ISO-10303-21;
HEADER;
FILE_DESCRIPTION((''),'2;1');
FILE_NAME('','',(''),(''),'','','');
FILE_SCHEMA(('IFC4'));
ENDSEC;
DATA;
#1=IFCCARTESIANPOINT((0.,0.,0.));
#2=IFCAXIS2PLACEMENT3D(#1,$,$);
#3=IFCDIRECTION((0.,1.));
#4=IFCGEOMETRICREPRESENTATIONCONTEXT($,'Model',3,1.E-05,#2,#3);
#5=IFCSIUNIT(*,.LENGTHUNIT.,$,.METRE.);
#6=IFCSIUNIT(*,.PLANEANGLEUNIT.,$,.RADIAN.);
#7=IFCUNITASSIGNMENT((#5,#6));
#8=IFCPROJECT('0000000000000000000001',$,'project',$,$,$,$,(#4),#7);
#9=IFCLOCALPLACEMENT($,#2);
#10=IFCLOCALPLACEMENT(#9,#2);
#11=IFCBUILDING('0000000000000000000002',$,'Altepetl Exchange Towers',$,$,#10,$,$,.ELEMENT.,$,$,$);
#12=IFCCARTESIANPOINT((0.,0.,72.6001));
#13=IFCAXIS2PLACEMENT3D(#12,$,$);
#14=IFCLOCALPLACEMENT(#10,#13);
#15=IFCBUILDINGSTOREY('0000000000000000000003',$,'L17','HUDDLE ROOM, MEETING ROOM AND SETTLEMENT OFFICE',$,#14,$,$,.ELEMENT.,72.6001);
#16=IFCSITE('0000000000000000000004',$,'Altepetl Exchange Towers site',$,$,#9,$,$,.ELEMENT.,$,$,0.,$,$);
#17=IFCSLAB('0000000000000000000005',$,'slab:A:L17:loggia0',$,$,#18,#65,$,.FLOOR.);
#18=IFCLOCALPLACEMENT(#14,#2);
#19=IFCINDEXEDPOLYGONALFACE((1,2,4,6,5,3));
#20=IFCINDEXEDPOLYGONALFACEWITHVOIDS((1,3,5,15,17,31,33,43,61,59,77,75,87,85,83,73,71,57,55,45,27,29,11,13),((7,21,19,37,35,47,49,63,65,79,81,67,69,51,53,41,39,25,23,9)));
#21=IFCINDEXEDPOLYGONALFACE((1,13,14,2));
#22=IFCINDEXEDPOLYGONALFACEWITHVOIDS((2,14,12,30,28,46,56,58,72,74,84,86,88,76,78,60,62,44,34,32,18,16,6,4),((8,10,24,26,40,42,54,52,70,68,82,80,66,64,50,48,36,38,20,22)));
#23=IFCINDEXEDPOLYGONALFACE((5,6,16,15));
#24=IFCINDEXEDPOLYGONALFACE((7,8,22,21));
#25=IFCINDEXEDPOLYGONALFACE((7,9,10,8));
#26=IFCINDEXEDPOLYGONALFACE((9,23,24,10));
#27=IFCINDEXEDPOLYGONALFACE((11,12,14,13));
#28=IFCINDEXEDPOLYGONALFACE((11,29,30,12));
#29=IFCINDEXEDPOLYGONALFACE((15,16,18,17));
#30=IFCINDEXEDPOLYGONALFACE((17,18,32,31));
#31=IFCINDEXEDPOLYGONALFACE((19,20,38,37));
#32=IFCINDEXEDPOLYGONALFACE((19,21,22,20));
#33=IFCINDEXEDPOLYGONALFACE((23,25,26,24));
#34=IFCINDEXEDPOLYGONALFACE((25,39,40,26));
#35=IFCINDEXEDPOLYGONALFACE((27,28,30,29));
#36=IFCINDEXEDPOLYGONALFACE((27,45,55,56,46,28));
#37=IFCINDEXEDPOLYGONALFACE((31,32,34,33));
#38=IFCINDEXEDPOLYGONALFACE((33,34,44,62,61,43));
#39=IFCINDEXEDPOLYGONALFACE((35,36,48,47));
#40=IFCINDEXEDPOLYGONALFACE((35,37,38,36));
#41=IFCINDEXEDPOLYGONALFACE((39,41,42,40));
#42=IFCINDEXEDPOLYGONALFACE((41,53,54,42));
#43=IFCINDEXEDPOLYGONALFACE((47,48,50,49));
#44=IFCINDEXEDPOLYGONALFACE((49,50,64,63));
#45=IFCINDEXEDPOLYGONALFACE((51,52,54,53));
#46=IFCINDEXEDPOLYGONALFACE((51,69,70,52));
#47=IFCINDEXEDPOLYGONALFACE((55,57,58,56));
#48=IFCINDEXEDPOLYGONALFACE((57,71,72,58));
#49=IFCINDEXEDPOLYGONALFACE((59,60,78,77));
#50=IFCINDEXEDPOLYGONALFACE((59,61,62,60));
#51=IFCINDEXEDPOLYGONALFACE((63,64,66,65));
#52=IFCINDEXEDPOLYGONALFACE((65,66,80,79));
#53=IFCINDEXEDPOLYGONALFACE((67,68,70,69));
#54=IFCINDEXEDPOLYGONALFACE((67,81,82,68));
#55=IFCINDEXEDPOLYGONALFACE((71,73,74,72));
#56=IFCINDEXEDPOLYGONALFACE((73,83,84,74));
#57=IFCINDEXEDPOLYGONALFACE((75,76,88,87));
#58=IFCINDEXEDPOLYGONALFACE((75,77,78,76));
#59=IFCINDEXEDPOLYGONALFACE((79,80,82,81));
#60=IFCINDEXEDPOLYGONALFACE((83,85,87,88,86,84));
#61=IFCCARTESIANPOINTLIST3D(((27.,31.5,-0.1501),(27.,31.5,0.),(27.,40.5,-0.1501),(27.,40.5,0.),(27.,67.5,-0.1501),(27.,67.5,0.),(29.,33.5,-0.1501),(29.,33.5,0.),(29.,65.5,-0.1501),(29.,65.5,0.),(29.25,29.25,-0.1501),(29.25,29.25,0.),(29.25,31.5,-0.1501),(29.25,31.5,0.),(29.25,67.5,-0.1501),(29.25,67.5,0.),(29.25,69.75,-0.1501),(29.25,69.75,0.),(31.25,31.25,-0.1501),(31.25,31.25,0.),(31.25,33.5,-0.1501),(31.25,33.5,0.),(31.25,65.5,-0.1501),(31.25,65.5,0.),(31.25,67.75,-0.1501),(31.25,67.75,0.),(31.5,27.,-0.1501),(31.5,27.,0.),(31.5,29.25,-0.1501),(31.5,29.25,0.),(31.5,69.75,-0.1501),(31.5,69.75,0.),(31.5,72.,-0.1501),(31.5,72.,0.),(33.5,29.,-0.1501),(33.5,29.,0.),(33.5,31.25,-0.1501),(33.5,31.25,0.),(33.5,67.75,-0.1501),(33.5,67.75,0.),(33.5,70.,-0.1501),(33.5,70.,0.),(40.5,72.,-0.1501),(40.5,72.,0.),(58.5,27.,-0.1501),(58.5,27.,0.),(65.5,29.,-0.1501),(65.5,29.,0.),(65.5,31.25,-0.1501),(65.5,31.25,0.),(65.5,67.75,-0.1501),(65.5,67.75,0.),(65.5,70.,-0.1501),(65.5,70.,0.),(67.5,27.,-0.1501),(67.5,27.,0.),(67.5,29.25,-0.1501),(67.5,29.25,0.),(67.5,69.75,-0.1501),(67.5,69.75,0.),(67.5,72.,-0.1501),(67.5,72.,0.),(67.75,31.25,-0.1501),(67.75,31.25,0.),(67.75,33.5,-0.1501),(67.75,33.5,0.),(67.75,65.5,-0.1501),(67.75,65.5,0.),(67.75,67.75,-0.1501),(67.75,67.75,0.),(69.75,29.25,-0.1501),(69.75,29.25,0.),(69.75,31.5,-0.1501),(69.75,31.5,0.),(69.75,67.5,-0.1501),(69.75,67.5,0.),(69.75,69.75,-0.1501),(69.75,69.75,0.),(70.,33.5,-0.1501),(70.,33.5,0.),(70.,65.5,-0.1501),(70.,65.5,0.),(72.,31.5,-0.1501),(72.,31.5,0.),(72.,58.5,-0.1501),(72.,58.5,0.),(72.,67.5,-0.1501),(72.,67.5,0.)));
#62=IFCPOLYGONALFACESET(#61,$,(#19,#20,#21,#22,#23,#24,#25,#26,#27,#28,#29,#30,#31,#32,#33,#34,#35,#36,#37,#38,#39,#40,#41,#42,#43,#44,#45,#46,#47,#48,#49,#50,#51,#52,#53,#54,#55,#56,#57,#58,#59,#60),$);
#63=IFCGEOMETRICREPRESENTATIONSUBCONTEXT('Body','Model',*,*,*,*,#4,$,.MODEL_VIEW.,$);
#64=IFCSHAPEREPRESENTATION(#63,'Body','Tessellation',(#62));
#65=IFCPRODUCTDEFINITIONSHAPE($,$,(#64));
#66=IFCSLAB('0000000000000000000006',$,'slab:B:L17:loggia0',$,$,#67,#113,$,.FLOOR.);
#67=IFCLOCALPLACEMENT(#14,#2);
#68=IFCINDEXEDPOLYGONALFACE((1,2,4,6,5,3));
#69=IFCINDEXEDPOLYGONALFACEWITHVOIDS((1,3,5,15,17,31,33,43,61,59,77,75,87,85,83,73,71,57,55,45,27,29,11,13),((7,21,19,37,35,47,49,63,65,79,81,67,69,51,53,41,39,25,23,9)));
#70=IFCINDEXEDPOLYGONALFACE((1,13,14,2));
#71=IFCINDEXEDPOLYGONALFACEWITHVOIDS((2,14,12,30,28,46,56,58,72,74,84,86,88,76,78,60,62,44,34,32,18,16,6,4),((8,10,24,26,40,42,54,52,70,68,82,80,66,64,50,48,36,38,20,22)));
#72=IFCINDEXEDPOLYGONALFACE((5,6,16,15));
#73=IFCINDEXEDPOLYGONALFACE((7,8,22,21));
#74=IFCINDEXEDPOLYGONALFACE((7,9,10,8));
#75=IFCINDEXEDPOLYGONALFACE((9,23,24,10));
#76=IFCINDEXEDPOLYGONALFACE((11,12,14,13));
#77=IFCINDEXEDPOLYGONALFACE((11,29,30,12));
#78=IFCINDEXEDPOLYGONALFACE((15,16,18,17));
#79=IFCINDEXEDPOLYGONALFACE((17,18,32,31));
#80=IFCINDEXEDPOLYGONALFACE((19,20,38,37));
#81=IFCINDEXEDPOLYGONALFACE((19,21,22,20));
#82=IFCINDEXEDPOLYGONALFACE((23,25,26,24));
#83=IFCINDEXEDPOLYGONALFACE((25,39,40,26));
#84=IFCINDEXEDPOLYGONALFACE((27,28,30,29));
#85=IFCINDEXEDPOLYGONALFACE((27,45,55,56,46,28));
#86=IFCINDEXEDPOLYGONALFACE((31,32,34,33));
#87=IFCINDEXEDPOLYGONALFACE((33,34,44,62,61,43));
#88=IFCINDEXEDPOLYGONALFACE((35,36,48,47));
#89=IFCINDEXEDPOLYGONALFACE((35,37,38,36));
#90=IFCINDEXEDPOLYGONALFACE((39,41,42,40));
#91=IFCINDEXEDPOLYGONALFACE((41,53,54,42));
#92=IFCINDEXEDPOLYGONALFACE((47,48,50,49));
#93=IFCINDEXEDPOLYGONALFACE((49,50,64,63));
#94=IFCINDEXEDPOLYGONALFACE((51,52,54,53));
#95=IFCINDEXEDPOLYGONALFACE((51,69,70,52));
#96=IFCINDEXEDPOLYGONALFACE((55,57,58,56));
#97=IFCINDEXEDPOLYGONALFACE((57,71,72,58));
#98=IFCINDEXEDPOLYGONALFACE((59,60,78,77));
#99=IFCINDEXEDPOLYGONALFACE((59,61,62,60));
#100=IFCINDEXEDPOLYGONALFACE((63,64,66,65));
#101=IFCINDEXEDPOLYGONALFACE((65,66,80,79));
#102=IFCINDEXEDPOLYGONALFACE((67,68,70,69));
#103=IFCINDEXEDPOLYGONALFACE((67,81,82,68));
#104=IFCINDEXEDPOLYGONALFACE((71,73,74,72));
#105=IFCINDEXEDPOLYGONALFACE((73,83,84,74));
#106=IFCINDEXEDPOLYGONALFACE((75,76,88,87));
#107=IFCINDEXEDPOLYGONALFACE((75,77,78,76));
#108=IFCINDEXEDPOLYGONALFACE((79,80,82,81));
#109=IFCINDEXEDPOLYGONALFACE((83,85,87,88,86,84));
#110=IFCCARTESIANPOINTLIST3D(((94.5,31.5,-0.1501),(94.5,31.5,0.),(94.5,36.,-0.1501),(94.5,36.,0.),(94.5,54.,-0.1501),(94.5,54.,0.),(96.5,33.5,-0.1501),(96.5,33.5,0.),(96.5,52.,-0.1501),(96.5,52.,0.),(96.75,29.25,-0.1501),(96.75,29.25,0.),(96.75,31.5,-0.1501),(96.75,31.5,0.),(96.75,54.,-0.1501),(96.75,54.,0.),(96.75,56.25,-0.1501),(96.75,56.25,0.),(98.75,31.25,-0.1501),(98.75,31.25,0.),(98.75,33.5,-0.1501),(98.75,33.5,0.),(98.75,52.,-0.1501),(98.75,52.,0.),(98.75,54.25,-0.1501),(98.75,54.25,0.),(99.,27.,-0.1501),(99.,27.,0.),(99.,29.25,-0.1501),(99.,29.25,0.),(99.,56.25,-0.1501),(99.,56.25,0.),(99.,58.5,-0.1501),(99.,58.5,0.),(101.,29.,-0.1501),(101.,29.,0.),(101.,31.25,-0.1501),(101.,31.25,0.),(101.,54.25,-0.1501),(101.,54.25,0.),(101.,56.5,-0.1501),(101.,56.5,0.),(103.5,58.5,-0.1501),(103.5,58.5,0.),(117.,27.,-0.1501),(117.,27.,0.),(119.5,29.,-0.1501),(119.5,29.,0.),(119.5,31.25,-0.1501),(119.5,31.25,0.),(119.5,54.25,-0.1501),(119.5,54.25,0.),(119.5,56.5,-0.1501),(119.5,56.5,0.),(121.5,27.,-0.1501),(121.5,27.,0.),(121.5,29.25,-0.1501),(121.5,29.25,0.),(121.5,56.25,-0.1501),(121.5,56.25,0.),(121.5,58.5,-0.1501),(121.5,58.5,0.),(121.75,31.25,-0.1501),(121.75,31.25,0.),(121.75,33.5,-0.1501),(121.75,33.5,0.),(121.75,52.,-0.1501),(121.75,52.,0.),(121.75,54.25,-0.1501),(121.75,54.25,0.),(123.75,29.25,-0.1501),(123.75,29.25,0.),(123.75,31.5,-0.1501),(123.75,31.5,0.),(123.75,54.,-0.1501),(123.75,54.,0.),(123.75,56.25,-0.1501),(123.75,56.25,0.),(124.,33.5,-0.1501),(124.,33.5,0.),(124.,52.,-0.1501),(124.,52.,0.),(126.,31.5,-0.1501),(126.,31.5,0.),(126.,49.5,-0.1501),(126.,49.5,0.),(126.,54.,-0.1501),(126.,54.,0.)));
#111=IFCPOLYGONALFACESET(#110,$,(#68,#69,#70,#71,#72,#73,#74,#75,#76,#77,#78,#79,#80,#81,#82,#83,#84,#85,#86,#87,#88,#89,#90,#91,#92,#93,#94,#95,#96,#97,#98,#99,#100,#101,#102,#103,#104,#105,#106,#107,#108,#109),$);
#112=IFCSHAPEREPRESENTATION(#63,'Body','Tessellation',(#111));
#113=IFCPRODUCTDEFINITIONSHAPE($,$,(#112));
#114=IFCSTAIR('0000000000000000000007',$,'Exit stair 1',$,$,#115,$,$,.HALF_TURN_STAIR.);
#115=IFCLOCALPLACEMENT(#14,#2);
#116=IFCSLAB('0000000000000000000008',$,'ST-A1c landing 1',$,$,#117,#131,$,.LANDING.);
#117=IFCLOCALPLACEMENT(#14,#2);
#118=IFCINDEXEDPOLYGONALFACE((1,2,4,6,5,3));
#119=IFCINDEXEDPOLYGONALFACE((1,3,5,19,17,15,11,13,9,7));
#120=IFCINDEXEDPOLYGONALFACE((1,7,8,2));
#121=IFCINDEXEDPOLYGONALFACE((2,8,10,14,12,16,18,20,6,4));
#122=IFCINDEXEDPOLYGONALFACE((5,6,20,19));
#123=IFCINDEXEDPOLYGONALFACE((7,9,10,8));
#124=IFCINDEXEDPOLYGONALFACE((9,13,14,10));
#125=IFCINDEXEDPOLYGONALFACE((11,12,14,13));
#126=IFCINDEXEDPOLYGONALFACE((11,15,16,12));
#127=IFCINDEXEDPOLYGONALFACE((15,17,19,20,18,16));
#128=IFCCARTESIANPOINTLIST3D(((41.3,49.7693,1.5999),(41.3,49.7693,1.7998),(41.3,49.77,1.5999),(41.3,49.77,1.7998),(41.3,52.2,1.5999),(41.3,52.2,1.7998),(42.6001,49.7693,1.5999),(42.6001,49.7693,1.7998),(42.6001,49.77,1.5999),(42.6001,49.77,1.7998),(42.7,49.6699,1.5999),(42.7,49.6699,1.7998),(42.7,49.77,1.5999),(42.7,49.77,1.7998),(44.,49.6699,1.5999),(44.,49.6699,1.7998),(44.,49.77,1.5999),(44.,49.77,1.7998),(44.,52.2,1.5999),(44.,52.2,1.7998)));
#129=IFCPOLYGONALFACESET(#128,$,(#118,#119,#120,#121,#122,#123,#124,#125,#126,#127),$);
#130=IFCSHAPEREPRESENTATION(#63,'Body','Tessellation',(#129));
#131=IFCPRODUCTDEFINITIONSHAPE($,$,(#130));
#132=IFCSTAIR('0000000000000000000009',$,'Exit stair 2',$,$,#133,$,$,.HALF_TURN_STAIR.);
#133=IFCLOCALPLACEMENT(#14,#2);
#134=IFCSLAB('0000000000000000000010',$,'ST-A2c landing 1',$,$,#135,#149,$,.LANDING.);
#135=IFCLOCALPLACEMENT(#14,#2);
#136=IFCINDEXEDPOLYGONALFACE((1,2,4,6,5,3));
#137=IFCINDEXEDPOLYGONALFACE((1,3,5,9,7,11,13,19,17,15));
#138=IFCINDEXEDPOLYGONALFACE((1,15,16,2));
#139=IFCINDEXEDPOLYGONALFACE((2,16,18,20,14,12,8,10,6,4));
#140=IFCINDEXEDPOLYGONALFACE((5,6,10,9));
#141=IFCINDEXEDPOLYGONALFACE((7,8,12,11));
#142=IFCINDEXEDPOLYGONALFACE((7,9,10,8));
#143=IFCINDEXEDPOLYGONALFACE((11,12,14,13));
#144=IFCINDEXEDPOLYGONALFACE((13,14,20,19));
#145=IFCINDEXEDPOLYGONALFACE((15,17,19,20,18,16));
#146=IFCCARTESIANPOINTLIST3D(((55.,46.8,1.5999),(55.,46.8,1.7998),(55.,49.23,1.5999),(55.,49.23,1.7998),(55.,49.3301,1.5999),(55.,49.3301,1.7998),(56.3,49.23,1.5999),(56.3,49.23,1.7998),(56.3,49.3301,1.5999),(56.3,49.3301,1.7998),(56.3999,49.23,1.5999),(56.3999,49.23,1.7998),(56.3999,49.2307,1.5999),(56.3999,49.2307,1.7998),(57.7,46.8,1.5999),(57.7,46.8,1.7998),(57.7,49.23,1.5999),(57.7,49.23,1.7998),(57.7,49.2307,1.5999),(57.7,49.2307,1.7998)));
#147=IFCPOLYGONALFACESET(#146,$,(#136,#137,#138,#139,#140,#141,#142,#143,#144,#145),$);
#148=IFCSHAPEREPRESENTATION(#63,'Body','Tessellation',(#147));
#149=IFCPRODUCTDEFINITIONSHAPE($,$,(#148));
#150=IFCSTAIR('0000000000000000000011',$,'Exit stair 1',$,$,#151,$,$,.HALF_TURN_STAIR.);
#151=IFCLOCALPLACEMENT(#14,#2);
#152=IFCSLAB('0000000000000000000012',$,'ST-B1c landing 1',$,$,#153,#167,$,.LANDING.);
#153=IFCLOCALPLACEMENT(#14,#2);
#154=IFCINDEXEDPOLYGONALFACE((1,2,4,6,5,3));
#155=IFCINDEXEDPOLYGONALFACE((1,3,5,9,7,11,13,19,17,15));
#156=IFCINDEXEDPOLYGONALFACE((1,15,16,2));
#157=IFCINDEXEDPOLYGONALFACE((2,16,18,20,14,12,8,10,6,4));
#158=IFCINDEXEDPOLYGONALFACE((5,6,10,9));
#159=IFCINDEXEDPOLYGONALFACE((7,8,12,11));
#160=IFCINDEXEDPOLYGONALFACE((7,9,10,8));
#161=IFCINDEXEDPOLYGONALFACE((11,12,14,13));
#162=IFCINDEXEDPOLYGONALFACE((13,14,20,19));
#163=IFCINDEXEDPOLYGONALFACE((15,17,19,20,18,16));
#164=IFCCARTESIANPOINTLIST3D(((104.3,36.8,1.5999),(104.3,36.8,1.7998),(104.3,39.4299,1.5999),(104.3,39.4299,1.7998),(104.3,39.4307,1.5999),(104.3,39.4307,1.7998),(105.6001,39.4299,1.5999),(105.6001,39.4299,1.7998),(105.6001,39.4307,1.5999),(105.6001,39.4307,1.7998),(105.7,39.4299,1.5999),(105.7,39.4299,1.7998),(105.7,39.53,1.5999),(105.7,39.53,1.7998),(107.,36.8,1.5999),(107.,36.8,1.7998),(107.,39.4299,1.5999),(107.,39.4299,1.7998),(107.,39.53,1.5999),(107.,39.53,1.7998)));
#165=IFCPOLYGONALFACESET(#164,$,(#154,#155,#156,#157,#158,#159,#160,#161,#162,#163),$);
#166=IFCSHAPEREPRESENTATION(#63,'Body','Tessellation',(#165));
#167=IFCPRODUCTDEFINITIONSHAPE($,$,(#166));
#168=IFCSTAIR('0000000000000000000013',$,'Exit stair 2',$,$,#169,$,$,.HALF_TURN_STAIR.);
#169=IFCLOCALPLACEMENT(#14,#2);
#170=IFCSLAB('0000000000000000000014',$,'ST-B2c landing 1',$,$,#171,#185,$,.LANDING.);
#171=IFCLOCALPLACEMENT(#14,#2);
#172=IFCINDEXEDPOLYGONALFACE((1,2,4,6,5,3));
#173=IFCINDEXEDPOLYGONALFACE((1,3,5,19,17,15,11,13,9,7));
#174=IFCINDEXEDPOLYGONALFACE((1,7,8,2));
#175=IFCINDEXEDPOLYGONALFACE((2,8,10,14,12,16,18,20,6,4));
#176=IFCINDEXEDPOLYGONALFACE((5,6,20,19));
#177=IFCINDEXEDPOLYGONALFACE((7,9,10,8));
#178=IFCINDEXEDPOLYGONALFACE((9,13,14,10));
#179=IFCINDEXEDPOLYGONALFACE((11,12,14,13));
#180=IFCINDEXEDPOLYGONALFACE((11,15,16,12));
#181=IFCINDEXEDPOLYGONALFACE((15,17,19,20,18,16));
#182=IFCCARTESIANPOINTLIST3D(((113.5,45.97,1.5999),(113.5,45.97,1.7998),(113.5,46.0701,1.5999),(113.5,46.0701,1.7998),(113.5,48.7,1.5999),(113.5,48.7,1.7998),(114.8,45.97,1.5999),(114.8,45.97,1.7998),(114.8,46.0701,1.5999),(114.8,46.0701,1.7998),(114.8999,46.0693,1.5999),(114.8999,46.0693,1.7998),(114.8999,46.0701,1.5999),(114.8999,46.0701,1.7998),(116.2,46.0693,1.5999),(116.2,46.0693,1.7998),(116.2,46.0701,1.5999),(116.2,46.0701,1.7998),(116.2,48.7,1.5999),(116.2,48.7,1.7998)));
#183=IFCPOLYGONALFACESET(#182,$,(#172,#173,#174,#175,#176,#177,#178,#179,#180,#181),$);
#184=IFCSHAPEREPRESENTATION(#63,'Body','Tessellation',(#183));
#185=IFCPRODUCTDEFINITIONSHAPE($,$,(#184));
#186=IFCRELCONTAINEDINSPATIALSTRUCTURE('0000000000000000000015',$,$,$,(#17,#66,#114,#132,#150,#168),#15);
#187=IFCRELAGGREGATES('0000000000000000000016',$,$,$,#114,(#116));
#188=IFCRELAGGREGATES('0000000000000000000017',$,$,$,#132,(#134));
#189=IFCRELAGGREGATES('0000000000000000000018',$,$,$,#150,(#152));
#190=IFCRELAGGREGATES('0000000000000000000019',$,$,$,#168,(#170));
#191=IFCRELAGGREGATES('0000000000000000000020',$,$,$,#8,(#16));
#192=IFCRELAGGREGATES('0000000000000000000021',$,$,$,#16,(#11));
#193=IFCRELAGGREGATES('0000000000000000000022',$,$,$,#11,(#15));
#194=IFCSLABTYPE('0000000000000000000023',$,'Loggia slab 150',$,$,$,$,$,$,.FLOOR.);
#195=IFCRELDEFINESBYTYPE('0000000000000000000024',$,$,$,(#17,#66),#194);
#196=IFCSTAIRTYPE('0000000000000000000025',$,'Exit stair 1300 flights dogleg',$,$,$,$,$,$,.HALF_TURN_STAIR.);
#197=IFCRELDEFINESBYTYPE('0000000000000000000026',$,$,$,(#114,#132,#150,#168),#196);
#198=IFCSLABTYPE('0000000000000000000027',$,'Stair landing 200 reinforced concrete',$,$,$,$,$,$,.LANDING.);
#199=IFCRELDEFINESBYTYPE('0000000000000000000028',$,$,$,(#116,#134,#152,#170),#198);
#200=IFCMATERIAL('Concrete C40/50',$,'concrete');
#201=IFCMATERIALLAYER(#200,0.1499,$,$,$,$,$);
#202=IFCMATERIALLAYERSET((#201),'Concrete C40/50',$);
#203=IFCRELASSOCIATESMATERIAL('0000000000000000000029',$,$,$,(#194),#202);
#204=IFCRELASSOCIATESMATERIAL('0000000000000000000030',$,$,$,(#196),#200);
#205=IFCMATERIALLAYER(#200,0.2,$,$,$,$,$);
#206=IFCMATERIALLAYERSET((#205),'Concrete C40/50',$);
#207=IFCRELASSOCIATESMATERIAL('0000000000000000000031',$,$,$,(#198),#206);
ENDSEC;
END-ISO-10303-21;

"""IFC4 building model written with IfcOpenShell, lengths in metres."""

from ifc_helpers import new_model, si_unit, direction, frame, origin, place, context, subcontext, project, spatial, polyline, outline, extrude, material, layer, layer_set, type_object, element, aggregate, save


model = new_model("IFC4")

# Units and contexts
model_context = context("Model", 3, precision=1e-05, world=origin(), true_north=direction((0.0, 1.0)))
body_context = subcontext(model_context, "Body", "Model", "MODEL_VIEW")
ifc_project = project(units=[si_unit("LENGTHUNIT", "METRE"), si_unit("PLANEANGLEUNIT", "RADIAN")], contexts=[model_context])

# Site, building, storey
site_placement = place(None, origin())
site = spatial("IfcSite", under=ifc_project, at=site_placement, Name="Altepetl Exchange Towers site", CompositionType="ELEMENT", RefElevation=0.0)
building_placement = place(site_placement, origin())
building = spatial("IfcBuilding", under=site, at=building_placement, Name="Altepetl Exchange Towers", CompositionType="ELEMENT")
storey_placement = place(building_placement, frame((0.0, 0.0, 72.6001)))
storey = spatial("IfcBuildingStorey", under=building, at=storey_placement, Name="L17", Description="HUDDLE ROOM, MEETING ROOM AND SETTLEMENT OFFICE", CompositionType="ELEMENT", Elevation=72.6001)

# Slabs
ifc_material_1 = material(Name="Concrete C40/50", Category="concrete")
ifc_layer_1 = layer(ifc_material_1, 0.1499)
ifc_layer_set_1 = layer_set([ifc_layer_1], Name="Concrete C40/50")
slab_type_1 = type_object("IfcSlabType", Name="Loggia slab 150", PredefinedType="FLOOR", material=ifc_layer_set_1)
slab_1_placement = place(storey_placement, frame((0.0, 0.0, -0.1501)))
element("IfcSlab", 1, at=slab_1_placement, inside=storey, type_object=slab_type_1, Name="slab:A:L17:loggia0", PredefinedType="FLOOR", context=body_context, shape_type="SweptSolid", body=[
    extrude(outline(polyline([(29.25, 67.5), (27.0, 67.5), (27.0, 40.5), (27.0, 31.5), (29.25, 31.5), (29.25, 29.25), (31.5, 29.25), (31.5, 27.0), (58.5, 27.0), (67.5, 27.0), (67.5, 29.25), (69.75, 29.25), (69.75, 31.5), (72.0, 31.5), (72.0, 58.5), (72.0, 67.5), (69.75, 67.5), (69.75, 69.75), (67.5, 69.75), (67.5, 72.0), (40.5, 72.0), (31.5, 72.0), (31.5, 69.75), (29.25, 69.75), (29.25, 67.5)]), holes=[polyline([(29.0, 65.5), (31.25, 65.5), (31.25, 67.75), (33.5, 67.75), (33.5, 70.0), (65.5, 70.0), (65.5, 67.75), (67.75, 67.75), (67.75, 65.5), (70.0, 65.5), (70.0, 33.5), (67.75, 33.5), (67.75, 31.25), (65.5, 31.25), (65.5, 29.0), (33.5, 29.0), (33.5, 31.25), (31.25, 31.25), (31.25, 33.5), (29.0, 33.5), (29.0, 65.5)])]), origin(), (0.0, 0.0, 1.0), 0.1501),
])
slab_2_placement = place(storey_placement, frame((0.0, 0.0, -0.1501)))
element("IfcSlab", 2, at=slab_2_placement, inside=storey, type_object=slab_type_1, Name="slab:B:L17:loggia0", PredefinedType="FLOOR", context=body_context, shape_type="SweptSolid", body=[
    extrude(outline(polyline([(96.75, 54.0), (94.5, 54.0), (94.5, 36.0), (94.5, 31.5), (96.75, 31.5), (96.75, 29.25), (99.0, 29.25), (99.0, 27.0), (117.0, 27.0), (121.5, 27.0), (121.5, 29.25), (123.75, 29.25), (123.75, 31.5), (126.0, 31.5), (126.0, 49.5), (126.0, 54.0), (123.75, 54.0), (123.75, 56.25), (121.5, 56.25), (121.5, 58.5), (103.5, 58.5), (99.0, 58.5), (99.0, 56.25), (96.75, 56.25), (96.75, 54.0)]), holes=[polyline([(96.5, 52.0), (98.75, 52.0), (98.75, 54.25), (101.0, 54.25), (101.0, 56.5), (119.5, 56.5), (119.5, 54.25), (121.75, 54.25), (121.75, 52.0), (124.0, 52.0), (124.0, 33.5), (121.75, 33.5), (121.75, 31.25), (119.5, 31.25), (119.5, 29.0), (101.0, 29.0), (101.0, 31.25), (98.75, 31.25), (98.75, 33.5), (96.5, 33.5), (96.5, 52.0)])]), origin(), (0.0, 0.0, 1.0), 0.1501),
])

# Stairs, slabs
stair_type = type_object("IfcStairType", Name="Exit stair 1300 flights dogleg", PredefinedType="HALF_TURN_STAIR", material=ifc_material_1)
stair_1_placement = place(storey_placement, origin())
stair_1 = element("IfcStair", 3, at=stair_1_placement, inside=storey, type_object=stair_type, Name="Exit stair 1", PredefinedType="HALF_TURN_STAIR")
ifc_layer_2 = layer(ifc_material_1, 0.2)
ifc_layer_set_2 = layer_set([ifc_layer_2], Name="Concrete C40/50")
slab_type_2 = type_object("IfcSlabType", Name="Stair landing 200 reinforced concrete", PredefinedType="LANDING", material=ifc_layer_set_2)
slab_3_placement = place(storey_placement, frame((0.0, 0.0, 1.5999)))
slab_3 = element("IfcSlab", 4, at=slab_3_placement, type_object=slab_type_2, Name="ST-A1c landing 1", PredefinedType="LANDING", context=body_context, shape_type="SweptSolid", body=[
    extrude(outline(polyline([(44.0, 49.6699), (42.7, 49.6699), (42.7, 49.77), (42.6001, 49.77), (42.6001, 49.7693), (41.3, 49.7693), (41.3, 49.77), (41.3, 52.2), (44.0, 52.2), (44.0, 49.77), (44.0, 49.6699)])), origin(), (0.0, 0.0, 1.0), 0.2),
])
aggregate(stair_1, [slab_3])
stair_2_placement = place(storey_placement, origin())
stair_2 = element("IfcStair", 5, at=stair_2_placement, inside=storey, type_object=stair_type, Name="Exit stair 2", PredefinedType="HALF_TURN_STAIR")
slab_4_placement = place(storey_placement, frame((0.0, 0.0, 1.5999)))
slab_4 = element("IfcSlab", 6, at=slab_4_placement, type_object=slab_type_2, Name="ST-A2c landing 1", PredefinedType="LANDING", context=body_context, shape_type="SweptSolid", body=[
    extrude(outline(polyline([(57.7, 46.8), (55.0, 46.8), (55.0, 49.23), (55.0, 49.3301), (56.3, 49.3301), (56.3, 49.23), (56.3999, 49.23), (56.3999, 49.2307), (57.7, 49.2307), (57.7, 49.23), (57.7, 46.8)])), origin(), (0.0, 0.0, 1.0), 0.2),
])
aggregate(stair_2, [slab_4])
stair_3_placement = place(storey_placement, origin())
stair_3 = element("IfcStair", 7, at=stair_3_placement, inside=storey, type_object=stair_type, Name="Exit stair 1", PredefinedType="HALF_TURN_STAIR")
slab_5_placement = place(storey_placement, frame((0.0, 0.0, 1.5999)))
slab_5 = element("IfcSlab", 8, at=slab_5_placement, type_object=slab_type_2, Name="ST-B1c landing 1", PredefinedType="LANDING", context=body_context, shape_type="SweptSolid", body=[
    extrude(outline(polyline([(107.0, 36.8), (104.3, 36.8), (104.3, 39.4299), (104.3, 39.4307), (105.6001, 39.4307), (105.6001, 39.4299), (105.7, 39.4299), (105.7, 39.53), (107.0, 39.53), (107.0, 39.4299), (107.0, 36.8)])), origin(), (0.0, 0.0, 1.0), 0.2),
])
aggregate(stair_3, [slab_5])
stair_4_placement = place(storey_placement, origin())
stair_4 = element("IfcStair", 9, at=stair_4_placement, inside=storey, type_object=stair_type, Name="Exit stair 2", PredefinedType="HALF_TURN_STAIR")
slab_6_placement = place(storey_placement, frame((0.0, 0.0, 1.5999)))
slab_6 = element("IfcSlab", 10, at=slab_6_placement, type_object=slab_type_2, Name="ST-B2c landing 1", PredefinedType="LANDING", context=body_context, shape_type="SweptSolid", body=[
    extrude(outline(polyline([(114.8, 45.97), (113.5, 45.97), (113.5, 46.0701), (113.5, 48.7), (116.2, 48.7), (116.2, 46.0701), (116.2, 46.0693), (114.8999, 46.0693), (114.8999, 46.0701), (114.8, 46.0701), (114.8, 45.97)])), origin(), (0.0, 0.0, 1.0), 0.2),
])
aggregate(stair_4, [slab_6])

save(model, "model.ifc")
